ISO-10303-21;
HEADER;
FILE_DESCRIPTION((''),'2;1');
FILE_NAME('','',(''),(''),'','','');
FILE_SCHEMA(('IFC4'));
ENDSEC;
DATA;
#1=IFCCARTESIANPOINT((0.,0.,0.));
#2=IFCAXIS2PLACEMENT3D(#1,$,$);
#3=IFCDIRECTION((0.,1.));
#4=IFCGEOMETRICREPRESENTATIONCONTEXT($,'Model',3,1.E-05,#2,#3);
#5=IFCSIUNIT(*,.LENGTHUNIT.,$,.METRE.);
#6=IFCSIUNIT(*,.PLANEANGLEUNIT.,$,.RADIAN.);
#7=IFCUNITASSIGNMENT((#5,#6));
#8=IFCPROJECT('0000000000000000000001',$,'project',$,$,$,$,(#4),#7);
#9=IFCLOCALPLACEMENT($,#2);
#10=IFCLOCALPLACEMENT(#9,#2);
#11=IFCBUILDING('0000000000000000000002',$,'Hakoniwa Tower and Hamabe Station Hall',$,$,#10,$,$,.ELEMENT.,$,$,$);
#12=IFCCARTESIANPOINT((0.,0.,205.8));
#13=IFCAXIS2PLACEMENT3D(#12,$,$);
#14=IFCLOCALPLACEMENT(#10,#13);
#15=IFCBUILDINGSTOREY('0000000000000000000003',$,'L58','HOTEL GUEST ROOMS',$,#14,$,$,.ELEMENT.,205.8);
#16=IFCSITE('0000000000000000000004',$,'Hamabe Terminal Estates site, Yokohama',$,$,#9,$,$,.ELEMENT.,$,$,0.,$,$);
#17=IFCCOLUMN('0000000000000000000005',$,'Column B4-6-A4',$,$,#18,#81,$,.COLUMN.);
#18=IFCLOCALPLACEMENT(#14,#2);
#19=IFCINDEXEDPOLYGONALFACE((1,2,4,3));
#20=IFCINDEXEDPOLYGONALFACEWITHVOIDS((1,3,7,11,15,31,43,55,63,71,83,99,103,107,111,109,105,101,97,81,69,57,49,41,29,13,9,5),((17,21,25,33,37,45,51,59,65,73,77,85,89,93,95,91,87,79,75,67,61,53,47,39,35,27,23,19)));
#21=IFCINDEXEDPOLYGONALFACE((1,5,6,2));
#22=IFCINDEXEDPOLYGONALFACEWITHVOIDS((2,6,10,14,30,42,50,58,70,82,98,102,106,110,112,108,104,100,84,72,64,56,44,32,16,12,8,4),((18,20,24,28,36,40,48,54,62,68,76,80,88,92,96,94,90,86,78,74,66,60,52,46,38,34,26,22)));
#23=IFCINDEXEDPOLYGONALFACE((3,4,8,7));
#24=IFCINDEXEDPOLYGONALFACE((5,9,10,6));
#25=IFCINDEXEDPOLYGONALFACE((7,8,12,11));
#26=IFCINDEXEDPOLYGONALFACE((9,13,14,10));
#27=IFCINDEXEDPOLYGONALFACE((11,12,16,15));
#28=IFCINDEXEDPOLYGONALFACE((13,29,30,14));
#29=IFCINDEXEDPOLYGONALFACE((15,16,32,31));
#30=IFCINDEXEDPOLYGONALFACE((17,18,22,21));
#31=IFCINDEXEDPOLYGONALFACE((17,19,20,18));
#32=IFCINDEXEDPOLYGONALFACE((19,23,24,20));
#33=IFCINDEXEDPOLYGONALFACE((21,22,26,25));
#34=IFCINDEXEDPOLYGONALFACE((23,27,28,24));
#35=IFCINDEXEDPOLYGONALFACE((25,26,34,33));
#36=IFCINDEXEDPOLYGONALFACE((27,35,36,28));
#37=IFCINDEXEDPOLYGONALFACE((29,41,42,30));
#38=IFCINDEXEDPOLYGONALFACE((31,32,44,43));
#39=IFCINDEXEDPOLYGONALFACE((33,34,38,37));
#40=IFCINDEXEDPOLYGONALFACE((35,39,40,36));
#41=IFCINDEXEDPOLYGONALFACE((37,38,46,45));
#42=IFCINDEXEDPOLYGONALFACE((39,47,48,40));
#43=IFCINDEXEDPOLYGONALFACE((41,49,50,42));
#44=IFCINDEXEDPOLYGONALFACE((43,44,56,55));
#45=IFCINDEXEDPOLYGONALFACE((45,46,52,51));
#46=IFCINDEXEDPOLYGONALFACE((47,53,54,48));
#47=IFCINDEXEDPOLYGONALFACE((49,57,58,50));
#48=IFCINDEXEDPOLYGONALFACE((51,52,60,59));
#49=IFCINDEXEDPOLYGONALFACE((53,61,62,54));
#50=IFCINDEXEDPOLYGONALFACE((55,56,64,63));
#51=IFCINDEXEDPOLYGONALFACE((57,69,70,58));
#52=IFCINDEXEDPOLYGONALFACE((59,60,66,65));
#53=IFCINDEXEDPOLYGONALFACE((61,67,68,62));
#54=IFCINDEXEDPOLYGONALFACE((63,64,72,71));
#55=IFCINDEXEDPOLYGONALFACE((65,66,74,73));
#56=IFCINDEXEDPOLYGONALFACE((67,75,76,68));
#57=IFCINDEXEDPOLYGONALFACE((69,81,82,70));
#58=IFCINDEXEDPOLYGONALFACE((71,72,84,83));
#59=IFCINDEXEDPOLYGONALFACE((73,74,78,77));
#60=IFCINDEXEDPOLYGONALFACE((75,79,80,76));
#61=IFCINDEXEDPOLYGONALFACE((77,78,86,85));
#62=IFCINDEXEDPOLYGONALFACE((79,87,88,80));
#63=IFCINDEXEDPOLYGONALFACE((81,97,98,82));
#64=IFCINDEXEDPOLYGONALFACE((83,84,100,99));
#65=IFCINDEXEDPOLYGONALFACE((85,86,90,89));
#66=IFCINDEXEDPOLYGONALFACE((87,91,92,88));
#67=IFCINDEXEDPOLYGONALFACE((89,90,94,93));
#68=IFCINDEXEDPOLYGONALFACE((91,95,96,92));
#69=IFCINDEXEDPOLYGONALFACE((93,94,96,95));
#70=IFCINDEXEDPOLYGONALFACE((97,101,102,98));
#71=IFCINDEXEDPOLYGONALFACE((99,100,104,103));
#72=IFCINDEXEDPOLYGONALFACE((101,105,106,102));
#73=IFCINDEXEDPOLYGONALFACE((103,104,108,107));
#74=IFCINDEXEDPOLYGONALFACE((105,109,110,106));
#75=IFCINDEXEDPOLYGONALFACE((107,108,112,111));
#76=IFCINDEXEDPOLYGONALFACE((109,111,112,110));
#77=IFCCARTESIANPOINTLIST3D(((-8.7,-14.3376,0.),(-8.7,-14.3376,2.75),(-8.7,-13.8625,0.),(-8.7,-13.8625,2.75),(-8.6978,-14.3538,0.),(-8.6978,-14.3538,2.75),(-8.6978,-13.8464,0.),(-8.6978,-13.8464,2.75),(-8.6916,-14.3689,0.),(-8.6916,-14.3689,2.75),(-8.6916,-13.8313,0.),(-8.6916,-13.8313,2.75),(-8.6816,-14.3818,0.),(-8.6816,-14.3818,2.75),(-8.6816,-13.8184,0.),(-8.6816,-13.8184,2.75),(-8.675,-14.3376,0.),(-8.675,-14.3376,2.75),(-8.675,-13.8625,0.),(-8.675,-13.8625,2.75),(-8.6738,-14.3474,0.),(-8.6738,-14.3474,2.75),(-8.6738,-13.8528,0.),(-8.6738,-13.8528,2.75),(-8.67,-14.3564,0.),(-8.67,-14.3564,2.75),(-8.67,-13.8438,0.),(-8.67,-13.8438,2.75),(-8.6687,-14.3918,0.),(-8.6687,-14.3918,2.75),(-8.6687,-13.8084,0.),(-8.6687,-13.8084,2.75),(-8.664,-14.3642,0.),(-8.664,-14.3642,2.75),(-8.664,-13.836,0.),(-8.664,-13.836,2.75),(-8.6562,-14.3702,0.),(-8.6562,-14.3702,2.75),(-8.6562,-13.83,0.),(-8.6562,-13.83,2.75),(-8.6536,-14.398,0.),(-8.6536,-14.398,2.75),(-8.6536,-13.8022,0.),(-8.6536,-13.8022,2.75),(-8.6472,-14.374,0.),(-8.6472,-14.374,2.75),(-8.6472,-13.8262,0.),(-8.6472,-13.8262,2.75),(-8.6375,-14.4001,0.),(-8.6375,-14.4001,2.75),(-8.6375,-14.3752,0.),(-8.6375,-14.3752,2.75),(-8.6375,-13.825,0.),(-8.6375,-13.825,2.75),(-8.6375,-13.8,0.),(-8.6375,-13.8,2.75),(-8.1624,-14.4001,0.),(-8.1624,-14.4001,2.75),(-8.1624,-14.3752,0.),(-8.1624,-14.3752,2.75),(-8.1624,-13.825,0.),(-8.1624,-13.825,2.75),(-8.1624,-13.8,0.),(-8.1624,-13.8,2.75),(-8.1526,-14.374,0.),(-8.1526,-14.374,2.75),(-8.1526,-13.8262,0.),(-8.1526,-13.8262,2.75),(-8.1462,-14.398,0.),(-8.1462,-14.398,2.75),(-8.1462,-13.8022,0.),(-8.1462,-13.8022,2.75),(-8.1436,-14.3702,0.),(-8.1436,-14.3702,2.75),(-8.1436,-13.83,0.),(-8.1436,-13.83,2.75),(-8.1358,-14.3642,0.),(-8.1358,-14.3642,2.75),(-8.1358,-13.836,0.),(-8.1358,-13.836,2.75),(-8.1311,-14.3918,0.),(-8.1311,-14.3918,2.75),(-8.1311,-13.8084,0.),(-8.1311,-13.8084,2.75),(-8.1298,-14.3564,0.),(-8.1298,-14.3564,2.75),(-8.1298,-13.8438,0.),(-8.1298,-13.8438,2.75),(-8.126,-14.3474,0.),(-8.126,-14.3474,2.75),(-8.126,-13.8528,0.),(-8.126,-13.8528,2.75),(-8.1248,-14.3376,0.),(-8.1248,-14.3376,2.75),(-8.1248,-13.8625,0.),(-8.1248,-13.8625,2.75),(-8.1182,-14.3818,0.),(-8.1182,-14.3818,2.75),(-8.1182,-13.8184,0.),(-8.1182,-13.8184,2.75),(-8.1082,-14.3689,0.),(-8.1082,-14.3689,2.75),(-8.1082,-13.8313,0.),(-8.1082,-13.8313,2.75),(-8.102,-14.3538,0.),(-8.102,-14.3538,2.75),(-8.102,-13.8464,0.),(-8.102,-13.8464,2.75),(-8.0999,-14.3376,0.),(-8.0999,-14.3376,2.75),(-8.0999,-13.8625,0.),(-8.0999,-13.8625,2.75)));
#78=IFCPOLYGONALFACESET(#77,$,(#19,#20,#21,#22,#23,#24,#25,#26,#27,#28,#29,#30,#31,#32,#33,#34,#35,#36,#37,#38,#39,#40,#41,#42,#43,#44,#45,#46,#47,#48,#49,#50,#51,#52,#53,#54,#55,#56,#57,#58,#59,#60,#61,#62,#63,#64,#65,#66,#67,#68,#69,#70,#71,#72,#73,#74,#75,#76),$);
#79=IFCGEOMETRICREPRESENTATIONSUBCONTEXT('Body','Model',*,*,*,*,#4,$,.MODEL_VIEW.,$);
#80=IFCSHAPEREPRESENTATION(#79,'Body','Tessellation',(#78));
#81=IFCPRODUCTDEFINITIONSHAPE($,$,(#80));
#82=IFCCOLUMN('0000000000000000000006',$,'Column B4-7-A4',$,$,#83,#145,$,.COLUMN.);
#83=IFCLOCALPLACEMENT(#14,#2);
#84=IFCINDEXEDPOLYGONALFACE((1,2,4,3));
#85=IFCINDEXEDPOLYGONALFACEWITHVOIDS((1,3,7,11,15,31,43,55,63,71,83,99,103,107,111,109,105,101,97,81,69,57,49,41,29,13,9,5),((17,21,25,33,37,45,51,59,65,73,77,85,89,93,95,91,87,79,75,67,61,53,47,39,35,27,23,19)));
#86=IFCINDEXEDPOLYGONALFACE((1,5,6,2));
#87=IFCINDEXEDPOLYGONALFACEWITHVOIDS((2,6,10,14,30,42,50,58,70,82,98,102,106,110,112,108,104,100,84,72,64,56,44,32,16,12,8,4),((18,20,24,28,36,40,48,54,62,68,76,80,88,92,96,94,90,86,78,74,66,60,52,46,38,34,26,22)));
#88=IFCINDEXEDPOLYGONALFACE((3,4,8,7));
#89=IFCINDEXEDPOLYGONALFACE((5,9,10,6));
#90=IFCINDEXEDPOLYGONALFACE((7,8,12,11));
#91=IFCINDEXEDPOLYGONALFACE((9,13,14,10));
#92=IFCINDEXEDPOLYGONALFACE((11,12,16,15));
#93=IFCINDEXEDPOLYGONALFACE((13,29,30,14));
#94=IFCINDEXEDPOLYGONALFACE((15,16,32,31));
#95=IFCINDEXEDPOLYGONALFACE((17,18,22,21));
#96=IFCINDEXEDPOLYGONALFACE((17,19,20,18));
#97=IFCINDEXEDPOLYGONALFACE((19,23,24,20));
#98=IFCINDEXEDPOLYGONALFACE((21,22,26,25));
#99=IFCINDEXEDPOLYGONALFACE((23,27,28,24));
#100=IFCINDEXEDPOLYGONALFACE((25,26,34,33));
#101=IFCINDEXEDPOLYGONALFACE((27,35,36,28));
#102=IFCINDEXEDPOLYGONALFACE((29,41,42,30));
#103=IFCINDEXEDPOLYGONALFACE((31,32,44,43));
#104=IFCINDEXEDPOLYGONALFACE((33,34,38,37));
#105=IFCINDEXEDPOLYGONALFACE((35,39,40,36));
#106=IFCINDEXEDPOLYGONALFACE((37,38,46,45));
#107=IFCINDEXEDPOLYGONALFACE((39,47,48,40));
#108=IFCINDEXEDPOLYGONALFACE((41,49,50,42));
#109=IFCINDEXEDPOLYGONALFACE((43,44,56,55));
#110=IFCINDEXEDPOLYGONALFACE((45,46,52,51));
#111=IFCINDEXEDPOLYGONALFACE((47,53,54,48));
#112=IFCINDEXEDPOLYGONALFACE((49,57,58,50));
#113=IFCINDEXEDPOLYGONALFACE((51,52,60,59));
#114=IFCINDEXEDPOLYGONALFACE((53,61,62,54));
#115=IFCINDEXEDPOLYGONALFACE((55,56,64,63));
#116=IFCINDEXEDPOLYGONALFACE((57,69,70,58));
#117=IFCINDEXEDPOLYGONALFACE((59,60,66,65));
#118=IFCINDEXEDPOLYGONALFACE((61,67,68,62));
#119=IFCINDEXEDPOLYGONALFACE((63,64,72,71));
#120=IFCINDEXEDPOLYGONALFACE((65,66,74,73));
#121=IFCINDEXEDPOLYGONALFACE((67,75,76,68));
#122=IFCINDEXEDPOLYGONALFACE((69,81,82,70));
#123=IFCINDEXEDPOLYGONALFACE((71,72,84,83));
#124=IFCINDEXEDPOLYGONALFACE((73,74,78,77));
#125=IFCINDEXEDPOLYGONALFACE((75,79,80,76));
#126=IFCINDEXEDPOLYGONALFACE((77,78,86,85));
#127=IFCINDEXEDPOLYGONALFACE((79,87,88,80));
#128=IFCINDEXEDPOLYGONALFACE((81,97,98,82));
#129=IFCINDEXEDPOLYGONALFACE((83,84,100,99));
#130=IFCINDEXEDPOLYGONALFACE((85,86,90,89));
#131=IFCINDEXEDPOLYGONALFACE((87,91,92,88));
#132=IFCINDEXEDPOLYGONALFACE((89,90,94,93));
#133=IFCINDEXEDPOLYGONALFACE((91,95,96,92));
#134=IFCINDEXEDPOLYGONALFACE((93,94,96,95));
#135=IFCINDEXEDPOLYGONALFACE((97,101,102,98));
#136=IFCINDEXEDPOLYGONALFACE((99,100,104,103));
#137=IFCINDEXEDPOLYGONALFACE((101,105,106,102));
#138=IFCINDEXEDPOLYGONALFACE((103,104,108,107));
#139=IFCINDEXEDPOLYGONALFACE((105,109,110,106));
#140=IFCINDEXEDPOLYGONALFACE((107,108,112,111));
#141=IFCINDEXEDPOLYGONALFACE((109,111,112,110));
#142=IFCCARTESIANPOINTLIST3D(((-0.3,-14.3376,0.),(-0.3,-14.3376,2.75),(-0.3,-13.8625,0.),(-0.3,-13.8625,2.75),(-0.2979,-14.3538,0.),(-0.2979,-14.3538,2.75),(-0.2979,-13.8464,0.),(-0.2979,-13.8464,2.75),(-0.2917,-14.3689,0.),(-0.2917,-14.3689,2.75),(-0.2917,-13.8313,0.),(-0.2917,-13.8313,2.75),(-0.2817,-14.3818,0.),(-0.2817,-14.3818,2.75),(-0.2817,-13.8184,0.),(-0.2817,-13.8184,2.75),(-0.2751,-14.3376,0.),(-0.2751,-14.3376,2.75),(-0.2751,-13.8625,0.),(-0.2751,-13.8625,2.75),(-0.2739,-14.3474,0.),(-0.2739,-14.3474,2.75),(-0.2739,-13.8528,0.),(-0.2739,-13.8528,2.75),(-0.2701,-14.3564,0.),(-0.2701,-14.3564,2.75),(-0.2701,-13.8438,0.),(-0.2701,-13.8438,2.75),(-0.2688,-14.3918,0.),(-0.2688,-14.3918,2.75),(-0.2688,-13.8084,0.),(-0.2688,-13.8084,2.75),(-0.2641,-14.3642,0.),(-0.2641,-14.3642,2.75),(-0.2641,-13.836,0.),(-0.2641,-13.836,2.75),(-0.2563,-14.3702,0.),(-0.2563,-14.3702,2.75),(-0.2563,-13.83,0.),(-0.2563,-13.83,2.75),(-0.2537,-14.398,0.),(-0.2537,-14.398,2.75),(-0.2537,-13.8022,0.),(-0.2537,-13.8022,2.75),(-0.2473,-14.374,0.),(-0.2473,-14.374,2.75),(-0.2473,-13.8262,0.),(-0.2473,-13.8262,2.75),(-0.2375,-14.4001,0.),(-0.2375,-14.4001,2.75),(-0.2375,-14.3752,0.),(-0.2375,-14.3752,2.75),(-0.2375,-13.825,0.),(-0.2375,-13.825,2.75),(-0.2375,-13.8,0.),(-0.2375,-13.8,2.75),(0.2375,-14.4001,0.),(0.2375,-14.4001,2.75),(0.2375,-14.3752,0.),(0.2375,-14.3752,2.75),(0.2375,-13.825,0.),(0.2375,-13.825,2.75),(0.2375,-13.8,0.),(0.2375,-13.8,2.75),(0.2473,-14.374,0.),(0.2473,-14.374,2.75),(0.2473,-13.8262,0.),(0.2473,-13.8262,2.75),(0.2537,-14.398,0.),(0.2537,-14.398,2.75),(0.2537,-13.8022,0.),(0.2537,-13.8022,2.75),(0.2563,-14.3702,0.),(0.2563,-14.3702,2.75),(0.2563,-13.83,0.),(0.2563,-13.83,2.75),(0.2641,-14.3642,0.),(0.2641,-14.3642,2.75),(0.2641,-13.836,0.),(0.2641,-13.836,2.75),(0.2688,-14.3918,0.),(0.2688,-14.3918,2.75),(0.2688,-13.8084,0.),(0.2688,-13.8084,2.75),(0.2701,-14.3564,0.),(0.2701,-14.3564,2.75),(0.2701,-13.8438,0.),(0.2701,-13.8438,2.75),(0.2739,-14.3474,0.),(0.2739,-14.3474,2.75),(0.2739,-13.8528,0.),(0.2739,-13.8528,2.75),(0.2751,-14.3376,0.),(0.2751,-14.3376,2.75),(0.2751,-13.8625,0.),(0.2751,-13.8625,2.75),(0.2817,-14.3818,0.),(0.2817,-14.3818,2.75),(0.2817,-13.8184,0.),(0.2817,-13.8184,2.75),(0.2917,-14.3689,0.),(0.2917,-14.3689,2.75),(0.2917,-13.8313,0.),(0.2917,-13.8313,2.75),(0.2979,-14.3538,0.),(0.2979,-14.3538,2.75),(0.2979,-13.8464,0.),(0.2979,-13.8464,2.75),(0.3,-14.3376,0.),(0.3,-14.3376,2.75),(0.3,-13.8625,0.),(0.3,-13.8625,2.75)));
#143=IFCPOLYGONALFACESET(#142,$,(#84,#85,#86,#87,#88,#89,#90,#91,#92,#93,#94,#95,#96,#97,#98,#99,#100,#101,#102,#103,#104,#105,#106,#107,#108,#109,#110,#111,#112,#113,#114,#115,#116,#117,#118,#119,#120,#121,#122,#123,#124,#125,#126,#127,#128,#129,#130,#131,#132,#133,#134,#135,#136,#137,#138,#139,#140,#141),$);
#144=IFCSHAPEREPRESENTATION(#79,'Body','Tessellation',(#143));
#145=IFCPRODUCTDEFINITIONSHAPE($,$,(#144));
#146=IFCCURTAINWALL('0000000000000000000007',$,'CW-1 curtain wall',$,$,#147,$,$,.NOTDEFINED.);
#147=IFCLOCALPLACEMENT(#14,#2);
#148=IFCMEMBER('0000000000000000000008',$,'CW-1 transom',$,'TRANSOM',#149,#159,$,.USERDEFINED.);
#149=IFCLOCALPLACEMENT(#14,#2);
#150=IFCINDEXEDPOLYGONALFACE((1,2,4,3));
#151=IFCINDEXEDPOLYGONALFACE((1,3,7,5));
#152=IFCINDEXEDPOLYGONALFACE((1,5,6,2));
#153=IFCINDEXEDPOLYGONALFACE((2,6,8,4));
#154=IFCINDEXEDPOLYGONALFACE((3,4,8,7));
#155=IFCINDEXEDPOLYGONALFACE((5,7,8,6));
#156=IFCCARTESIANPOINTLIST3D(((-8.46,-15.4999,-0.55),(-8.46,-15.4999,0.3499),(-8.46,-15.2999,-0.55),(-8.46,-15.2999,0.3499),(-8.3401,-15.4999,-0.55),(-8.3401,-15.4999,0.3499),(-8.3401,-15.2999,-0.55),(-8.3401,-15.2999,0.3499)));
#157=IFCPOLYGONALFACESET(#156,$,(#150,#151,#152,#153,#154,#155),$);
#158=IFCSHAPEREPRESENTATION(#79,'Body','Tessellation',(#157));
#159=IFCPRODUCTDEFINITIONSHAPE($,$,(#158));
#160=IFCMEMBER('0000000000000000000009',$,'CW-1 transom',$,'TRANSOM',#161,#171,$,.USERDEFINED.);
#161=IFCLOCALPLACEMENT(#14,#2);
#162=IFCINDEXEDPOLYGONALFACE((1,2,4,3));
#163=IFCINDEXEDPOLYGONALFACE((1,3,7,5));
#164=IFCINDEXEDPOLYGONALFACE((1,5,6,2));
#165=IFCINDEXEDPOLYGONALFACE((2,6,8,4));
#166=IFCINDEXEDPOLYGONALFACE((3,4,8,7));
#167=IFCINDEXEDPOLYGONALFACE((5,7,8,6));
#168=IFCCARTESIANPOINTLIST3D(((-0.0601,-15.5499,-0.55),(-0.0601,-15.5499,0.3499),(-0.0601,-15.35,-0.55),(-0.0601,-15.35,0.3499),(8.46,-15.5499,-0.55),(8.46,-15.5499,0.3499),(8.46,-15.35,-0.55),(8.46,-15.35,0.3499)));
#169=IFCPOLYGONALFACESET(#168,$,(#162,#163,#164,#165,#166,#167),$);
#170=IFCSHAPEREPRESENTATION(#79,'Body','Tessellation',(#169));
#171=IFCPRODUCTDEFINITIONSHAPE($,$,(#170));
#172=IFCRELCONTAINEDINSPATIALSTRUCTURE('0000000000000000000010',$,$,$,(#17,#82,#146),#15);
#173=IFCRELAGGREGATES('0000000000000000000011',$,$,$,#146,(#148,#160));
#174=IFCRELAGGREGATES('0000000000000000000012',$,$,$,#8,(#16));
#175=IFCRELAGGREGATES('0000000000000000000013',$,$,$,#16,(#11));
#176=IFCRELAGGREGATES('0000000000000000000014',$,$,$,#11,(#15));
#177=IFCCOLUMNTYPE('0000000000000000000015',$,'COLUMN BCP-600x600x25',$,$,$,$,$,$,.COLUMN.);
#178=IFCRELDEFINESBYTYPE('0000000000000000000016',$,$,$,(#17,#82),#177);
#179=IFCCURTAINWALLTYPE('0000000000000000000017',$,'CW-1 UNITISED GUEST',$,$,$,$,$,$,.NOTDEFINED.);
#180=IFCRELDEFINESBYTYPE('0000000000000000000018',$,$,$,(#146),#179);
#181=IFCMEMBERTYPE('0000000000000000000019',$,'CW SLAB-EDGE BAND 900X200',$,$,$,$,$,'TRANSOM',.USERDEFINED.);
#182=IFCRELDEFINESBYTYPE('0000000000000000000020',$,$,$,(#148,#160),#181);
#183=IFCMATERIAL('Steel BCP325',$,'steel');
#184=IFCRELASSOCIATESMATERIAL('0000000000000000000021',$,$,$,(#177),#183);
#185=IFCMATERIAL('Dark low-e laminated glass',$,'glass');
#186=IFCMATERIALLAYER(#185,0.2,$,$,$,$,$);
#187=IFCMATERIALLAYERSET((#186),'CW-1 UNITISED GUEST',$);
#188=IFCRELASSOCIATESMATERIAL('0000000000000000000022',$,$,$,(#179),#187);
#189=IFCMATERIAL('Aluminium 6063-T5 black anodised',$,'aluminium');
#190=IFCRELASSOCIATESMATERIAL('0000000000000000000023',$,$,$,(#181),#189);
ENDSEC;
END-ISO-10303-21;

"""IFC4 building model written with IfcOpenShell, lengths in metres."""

from ifc_helpers import new_model, si_unit, direction, frame, origin, origin_2d, place, context, subcontext, project, spatial, rectangle, hollow_rectangle, extrude, material, layer, layer_set, material_profile, profile_set, type_object, element, aggregate, save


model = new_model("IFC4")

# Units and contexts
model_context = context("Model", 3, precision=1e-05, world=origin(), true_north=direction((0.0, 1.0)))
body_context = subcontext(model_context, "Body", "Model", "MODEL_VIEW")
ifc_project = project(units=[si_unit("LENGTHUNIT", "METRE"), si_unit("PLANEANGLEUNIT", "RADIAN")], contexts=[model_context])

# Site, building, storey
site_placement = place(None, origin())
site = spatial("IfcSite", under=ifc_project, at=site_placement, Name="Hamabe Terminal Estates site, Yokohama", CompositionType="ELEMENT", RefElevation=0.0)
building_placement = place(site_placement, origin())
building = spatial("IfcBuilding", under=site, at=building_placement, Name="Hakoniwa Tower and Hamabe Station Hall", CompositionType="ELEMENT")
storey_placement = place(building_placement, frame((0.0, 0.0, 205.8)))
storey = spatial("IfcBuildingStorey", under=building, at=storey_placement, Name="L58", Description="HOTEL GUEST ROOMS", CompositionType="ELEMENT", Elevation=205.8)

# Columns
ifc_material_1 = material(Name="Steel BCP325", Category="steel")
ifc_material_profile_1 = material_profile(ifc_material_1, hollow_rectangle(XDim=0.6001, YDim=0.6001, WallThickness=0.0249, InnerFilletRadius=0.0376, OuterFilletRadius=0.0625, at=origin_2d()), Name="BCP-600x600x25")
ifc_profile_set_1 = profile_set([ifc_material_profile_1], Name="Steel BCP325")
column_type = type_object("IfcColumnType", Name="COLUMN BCP-600x600x25", PredefinedType="COLUMN", material=ifc_profile_set_1)
for number, where, z_axis, x_axis, name in (
    (1, (-8.3999, -14.1001, 0.0), (0.0, 0.0, 1.0), (1.0, 0.0, 0.0), "Column B4-6-A4"),
    (2, (0.0, -14.1001, 0.0), (0.0, 0.0, 1.0), (1.0, 0.0, 0.0), "Column B4-7-A4"),
):
    element("IfcColumn", number, at=place(storey_placement, frame(where, z_axis=z_axis, x_axis=x_axis)), inside=storey, type_object=column_type, Name=name, PredefinedType="COLUMN", context=body_context, shape_type="SweptSolid", body=[
        extrude(hollow_rectangle(XDim=0.6001, YDim=0.6001, WallThickness=0.0249, InnerFilletRadius=0.0376, OuterFilletRadius=0.0625, at=origin_2d()), origin(), (0.0, 0.0, 1.0), 2.75),
    ])

# Curtain wall, members
ifc_material_2 = material(Name="Dark low-e laminated glass", Category="glass")
ifc_layer_1 = layer(ifc_material_2, 0.2)
ifc_layer_set_1 = layer_set([ifc_layer_1], Name="CW-1 UNITISED GUEST")
curtain_wall_type = type_object("IfcCurtainWallType", Name="CW-1 UNITISED GUEST", PredefinedType="NOTDEFINED", material=ifc_layer_set_1)
curtain_wall_placement = place(storey_placement, origin())
curtain_wall = element("IfcCurtainWall", 3, at=curtain_wall_placement, inside=storey, type_object=curtain_wall_type, Name="CW-1 curtain wall", PredefinedType="NOTDEFINED")
ifc_material_3 = material(Name="Aluminium 6063-T5 black anodised", Category="aluminium")
ifc_material_profile_2 = material_profile(ifc_material_3, rectangle(XDim=0.2, YDim=0.8999, at=origin_2d()), Name="CW SLAB-EDGE BAND 900X200")
ifc_profile_set_2 = profile_set([ifc_material_profile_2], Name="Aluminium 6063-T5 black anodised")
member_type = type_object("IfcMemberType", Name="CW SLAB-EDGE BAND 900X200", ElementType="TRANSOM", PredefinedType="USERDEFINED", material=ifc_profile_set_2)
member_1_placement = place(storey_placement, frame((-8.46, -15.3999, -0.1001), z_axis=(1.0, 0.0, 0.0), x_axis=(0.0, 1.0, 0.0)))
member_1 = element("IfcMember", 4, at=member_1_placement, type_object=member_type, Name="CW-1 transom", ObjectType="TRANSOM", PredefinedType="USERDEFINED", context=body_context, shape_type="SweptSolid", body=[
    extrude(rectangle(XDim=0.2, YDim=0.8999, at=origin_2d()), origin(), (0.0, 0.0, 1.0), 0.1199),
])
member_2_placement = place(storey_placement, frame((-0.0601, -15.45, -0.1001), z_axis=(1.0, 0.0, 0.0), x_axis=(0.0, 1.0, 0.0)))
member_2 = element("IfcMember", 5, at=member_2_placement, type_object=member_type, Name="CW-1 transom", ObjectType="TRANSOM", PredefinedType="USERDEFINED", context=body_context, shape_type="SweptSolid", body=[
    extrude(rectangle(XDim=0.2, YDim=0.8999, at=origin_2d()), origin(), (0.0, 0.0, 1.0), 8.52),
])

aggregate(curtain_wall, [member_1, member_2])

save(model, "model.ifc")
